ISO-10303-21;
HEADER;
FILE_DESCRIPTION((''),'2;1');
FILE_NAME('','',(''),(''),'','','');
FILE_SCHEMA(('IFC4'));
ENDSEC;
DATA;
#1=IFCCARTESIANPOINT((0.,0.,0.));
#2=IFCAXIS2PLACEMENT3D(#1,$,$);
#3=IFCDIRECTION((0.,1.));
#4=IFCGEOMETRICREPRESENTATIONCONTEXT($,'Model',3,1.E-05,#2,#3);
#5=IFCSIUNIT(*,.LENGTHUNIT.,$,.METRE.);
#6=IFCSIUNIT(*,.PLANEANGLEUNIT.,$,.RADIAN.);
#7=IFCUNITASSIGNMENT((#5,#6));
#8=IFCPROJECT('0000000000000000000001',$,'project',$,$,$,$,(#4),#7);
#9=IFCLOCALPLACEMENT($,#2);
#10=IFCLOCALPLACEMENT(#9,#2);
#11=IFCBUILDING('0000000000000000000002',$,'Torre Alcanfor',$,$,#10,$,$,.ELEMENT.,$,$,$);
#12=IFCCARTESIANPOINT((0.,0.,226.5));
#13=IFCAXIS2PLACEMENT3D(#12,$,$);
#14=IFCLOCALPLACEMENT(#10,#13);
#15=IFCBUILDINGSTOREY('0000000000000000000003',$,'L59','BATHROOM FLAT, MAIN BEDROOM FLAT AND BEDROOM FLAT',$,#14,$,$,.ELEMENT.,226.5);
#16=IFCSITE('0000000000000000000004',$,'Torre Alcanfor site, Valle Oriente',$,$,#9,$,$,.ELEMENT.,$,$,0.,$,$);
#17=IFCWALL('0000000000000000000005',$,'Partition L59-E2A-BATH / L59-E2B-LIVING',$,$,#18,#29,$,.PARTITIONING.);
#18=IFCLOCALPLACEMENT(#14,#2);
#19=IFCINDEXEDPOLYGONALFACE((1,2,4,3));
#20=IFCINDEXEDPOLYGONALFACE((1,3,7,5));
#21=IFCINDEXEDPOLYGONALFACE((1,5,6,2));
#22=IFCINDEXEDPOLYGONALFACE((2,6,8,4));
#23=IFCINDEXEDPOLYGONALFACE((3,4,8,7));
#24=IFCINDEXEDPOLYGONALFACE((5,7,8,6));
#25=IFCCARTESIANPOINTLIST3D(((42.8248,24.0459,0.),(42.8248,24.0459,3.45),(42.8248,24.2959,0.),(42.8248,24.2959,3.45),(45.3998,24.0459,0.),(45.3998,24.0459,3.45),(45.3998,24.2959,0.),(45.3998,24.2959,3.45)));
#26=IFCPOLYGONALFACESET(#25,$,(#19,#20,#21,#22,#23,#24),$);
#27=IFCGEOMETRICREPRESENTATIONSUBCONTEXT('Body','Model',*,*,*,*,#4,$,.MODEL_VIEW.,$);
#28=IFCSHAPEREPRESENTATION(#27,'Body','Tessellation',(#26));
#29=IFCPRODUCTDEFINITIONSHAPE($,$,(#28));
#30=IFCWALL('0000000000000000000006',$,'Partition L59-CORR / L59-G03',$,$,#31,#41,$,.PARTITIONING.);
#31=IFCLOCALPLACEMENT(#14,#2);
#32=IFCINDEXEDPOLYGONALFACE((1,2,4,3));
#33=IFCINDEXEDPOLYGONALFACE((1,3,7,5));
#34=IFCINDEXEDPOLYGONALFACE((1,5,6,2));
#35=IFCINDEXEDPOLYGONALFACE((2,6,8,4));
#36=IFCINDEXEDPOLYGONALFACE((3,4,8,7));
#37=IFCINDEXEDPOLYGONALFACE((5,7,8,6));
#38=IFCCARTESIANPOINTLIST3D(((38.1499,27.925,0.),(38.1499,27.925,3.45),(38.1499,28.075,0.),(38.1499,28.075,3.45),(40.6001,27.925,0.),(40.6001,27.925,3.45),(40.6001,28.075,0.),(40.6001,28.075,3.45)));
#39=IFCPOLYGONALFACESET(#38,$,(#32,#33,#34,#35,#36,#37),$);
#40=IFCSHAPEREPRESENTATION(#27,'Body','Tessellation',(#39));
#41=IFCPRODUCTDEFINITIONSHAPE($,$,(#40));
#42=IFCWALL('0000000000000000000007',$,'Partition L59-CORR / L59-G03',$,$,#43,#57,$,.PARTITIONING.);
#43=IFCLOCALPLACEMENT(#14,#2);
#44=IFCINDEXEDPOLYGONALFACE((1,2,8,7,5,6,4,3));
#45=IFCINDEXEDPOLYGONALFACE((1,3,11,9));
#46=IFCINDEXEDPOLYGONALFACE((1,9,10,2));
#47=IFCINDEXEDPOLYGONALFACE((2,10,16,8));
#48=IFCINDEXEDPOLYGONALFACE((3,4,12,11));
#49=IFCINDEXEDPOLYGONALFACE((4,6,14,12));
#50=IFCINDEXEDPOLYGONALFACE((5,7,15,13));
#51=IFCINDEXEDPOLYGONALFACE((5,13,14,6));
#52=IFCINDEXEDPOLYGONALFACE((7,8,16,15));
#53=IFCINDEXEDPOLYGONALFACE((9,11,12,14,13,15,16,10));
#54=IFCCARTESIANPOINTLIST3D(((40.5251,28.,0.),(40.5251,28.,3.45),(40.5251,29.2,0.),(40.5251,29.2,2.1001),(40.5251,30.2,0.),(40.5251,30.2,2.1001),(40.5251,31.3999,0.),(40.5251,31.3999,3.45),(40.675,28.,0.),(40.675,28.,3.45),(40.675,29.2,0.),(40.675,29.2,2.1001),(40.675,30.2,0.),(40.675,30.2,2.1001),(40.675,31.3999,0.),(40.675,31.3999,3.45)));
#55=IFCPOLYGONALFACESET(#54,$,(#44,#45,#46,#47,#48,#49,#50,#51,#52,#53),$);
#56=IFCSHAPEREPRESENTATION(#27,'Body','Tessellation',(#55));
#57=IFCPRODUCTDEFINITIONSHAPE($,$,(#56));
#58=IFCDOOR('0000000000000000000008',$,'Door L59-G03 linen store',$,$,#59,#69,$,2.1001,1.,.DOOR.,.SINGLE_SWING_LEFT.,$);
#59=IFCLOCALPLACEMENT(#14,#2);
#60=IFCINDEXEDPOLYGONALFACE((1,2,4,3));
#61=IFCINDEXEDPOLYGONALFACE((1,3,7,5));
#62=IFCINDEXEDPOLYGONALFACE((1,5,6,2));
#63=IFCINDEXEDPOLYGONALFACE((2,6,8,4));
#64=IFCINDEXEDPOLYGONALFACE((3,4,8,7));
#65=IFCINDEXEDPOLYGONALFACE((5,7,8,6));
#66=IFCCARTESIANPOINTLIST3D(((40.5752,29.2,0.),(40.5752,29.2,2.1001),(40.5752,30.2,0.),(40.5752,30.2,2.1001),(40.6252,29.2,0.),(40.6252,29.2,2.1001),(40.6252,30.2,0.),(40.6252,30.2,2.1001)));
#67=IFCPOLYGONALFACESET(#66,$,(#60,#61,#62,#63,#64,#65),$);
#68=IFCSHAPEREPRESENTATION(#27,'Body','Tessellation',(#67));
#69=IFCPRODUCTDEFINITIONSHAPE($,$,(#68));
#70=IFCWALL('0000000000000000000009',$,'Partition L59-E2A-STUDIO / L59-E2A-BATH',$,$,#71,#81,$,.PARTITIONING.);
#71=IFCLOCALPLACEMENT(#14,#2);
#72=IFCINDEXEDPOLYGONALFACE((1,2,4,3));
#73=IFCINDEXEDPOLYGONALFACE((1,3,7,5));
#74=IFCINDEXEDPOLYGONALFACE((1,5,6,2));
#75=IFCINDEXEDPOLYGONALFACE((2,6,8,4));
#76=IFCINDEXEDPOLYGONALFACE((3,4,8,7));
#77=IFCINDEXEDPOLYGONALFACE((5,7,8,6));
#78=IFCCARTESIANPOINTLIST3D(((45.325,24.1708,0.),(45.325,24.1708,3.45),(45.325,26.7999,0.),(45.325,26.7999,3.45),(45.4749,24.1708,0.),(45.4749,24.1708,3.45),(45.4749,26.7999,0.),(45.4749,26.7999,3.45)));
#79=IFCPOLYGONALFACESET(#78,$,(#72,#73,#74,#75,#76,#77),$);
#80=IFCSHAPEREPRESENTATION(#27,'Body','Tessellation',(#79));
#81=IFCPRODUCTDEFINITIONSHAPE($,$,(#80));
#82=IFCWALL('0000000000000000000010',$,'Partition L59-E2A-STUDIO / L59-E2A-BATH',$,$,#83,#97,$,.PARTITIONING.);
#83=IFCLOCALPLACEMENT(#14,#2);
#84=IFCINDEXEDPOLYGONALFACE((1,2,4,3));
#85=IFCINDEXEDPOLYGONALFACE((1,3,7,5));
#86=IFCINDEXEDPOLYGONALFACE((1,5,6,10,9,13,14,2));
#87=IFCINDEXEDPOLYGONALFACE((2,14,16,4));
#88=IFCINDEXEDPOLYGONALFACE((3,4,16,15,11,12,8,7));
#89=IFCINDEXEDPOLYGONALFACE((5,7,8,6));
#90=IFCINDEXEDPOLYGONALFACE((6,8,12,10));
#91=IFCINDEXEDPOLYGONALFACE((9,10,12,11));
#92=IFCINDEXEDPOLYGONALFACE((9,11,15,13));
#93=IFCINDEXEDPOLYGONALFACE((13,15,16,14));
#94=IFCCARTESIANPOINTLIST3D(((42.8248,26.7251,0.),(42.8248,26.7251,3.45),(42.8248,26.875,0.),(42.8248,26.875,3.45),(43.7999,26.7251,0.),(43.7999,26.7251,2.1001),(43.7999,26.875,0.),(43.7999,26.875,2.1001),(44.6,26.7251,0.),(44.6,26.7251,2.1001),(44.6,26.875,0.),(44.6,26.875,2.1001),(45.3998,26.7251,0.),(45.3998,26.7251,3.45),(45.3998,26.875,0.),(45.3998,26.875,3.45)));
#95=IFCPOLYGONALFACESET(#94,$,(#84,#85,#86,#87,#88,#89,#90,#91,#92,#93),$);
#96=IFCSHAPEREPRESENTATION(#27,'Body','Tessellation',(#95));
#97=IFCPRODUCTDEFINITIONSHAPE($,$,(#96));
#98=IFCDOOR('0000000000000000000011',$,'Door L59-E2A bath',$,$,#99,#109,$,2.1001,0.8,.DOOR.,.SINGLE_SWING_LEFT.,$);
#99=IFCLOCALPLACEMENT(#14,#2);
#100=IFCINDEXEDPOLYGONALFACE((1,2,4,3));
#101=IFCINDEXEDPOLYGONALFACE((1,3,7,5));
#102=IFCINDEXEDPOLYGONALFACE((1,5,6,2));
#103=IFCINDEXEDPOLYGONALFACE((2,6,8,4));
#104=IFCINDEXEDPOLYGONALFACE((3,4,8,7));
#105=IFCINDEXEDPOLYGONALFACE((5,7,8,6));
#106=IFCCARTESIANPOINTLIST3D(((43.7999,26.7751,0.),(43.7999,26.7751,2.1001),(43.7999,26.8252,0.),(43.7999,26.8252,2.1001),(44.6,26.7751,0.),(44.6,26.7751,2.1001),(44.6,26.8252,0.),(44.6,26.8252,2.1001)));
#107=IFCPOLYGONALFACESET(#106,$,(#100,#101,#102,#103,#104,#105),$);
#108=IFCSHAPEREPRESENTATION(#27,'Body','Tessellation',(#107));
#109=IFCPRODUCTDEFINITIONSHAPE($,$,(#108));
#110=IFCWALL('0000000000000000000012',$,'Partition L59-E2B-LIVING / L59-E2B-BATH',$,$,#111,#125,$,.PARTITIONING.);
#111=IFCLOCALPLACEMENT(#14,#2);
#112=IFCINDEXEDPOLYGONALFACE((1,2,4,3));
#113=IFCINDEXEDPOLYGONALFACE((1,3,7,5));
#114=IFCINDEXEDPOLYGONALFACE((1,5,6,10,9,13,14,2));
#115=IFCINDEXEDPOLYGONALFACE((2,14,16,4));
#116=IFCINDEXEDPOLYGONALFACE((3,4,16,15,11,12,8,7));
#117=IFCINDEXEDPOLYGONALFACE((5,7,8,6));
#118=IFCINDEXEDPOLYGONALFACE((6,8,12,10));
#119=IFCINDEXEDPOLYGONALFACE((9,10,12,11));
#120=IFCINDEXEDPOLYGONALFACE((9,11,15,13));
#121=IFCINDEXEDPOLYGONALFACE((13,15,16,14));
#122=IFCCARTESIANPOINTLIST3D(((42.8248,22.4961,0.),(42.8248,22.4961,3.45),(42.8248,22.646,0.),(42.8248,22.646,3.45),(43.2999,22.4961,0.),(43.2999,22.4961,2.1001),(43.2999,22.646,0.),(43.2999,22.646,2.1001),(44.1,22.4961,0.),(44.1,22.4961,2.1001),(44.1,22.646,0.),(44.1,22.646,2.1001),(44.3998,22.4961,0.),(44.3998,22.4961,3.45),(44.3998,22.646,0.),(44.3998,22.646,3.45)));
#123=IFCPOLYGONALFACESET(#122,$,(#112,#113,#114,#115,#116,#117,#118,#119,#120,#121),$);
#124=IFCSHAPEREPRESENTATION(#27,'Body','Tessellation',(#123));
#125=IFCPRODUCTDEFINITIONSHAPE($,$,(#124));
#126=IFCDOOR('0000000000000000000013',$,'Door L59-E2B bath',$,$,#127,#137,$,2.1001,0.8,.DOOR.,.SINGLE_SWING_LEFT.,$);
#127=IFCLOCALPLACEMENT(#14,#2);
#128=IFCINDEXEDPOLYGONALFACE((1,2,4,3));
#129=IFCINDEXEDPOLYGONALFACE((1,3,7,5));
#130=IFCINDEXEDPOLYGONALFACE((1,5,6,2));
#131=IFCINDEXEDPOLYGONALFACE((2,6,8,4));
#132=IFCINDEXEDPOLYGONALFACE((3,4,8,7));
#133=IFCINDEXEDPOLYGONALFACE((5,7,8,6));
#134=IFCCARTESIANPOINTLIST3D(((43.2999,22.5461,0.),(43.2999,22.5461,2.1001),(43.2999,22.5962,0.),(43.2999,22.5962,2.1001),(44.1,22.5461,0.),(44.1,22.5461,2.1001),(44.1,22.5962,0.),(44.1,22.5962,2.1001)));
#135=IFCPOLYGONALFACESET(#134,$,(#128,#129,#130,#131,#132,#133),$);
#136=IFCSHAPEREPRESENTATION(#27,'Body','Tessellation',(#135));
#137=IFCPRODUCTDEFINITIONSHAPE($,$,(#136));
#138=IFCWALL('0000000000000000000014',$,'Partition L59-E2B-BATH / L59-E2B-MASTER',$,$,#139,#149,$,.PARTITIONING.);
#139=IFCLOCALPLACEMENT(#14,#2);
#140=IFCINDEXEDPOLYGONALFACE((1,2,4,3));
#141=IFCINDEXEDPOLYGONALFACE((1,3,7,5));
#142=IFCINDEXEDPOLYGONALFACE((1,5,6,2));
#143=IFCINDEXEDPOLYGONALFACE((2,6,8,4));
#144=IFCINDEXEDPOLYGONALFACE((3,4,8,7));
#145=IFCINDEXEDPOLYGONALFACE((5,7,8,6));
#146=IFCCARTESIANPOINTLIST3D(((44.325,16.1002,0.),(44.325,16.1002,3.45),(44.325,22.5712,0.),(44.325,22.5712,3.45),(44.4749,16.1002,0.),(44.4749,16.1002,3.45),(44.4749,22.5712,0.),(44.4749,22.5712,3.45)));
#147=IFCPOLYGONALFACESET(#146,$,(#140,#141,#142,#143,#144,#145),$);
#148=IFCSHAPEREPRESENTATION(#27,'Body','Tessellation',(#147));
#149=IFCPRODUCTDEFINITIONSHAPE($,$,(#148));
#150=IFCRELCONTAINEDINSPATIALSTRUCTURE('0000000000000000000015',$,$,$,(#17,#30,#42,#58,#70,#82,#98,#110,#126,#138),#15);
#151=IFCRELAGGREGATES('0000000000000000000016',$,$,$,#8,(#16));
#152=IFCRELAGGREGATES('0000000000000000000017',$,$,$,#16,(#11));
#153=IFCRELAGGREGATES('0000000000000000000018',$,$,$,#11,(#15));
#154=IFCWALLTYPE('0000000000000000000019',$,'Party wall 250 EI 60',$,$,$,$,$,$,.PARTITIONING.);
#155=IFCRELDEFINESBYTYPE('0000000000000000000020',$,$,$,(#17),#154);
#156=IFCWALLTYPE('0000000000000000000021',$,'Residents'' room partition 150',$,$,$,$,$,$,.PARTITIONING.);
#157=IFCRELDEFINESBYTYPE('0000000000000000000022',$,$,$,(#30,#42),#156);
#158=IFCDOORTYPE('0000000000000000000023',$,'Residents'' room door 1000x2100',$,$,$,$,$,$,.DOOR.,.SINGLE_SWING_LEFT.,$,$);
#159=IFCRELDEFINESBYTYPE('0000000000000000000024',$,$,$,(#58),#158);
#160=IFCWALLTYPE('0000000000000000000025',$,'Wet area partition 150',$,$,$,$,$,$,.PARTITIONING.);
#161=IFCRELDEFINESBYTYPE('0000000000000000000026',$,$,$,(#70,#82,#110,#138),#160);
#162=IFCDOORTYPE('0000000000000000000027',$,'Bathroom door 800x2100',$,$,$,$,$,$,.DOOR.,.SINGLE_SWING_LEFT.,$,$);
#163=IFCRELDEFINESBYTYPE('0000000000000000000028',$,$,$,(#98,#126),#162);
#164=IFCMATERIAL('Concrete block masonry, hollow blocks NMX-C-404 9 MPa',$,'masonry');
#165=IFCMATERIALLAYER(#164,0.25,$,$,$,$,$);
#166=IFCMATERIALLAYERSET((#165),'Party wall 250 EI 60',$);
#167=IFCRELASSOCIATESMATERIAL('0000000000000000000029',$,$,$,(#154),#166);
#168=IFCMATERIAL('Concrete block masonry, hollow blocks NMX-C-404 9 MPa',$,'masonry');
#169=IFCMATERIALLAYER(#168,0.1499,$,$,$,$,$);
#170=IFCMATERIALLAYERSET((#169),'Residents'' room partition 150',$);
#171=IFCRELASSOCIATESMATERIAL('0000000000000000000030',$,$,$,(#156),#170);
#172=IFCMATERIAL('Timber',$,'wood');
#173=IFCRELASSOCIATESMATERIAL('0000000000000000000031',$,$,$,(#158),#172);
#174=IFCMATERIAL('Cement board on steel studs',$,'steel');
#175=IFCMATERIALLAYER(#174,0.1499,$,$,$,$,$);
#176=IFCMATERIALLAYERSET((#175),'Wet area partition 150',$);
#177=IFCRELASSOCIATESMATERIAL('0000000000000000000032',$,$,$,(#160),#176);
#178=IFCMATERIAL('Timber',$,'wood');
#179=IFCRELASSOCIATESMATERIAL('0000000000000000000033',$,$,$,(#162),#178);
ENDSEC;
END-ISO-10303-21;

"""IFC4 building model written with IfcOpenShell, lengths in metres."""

from ifc_helpers import new_model, si_unit, direction, frame, frame_2d, origin, place, context, subcontext, project, spatial, rectangle, extrude, material, layer, layer_set, type_object, element, fill, save


model = new_model("IFC4")

# Units and contexts
model_context = context("Model", 3, precision=1e-05, world=origin(), true_north=direction((0.0, 1.0)))
body_context = subcontext(model_context, "Body", "Model", "MODEL_VIEW")
ifc_project = project(units=[si_unit("LENGTHUNIT", "METRE"), si_unit("PLANEANGLEUNIT", "RADIAN")], contexts=[model_context])

# Site, building, storey
site_placement = place(None, origin())
site = spatial("IfcSite", under=ifc_project, at=site_placement, Name="Torre Alcanfor site, Valle Oriente", CompositionType="ELEMENT", RefElevation=0.0)
building_placement = place(site_placement, origin())
building = spatial("IfcBuilding", under=site, at=building_placement, Name="Torre Alcanfor", CompositionType="ELEMENT")
storey_placement = place(building_placement, frame((0.0, 0.0, 226.5)))
storey = spatial("IfcBuildingStorey", under=building, at=storey_placement, Name="L59", Description="BATHROOM FLAT, MAIN BEDROOM FLAT AND BEDROOM FLAT", CompositionType="ELEMENT", Elevation=226.5)

# Walls
ifc_material_1 = material(Name="Concrete block masonry, hollow blocks NMX-C-404 9 MPa", Category="masonry")
ifc_layer_1 = layer(ifc_material_1, 0.25)
ifc_layer_set_1 = layer_set([ifc_layer_1], Name="Party wall 250 EI 60")
wall_type_1 = type_object("IfcWallType", Name="Party wall 250 EI 60", PredefinedType="PARTITIONING", material=ifc_layer_set_1)
wall_1_placement = place(storey_placement, frame((45.3999, 24.1709, 0.0), z_axis=(0.0, 0.0, 1.0), x_axis=(-1.0, 0.0, 0.0)))
element("IfcWall", 1, at=wall_1_placement, inside=storey, type_object=wall_type_1, Name="Partition L59-E2A-BATH / L59-E2B-LIVING", PredefinedType="PARTITIONING", context=body_context, shape_type="SweptSolid", body=[
    extrude(rectangle(XDim=2.575, YDim=0.25, at=frame_2d((1.2876, 0.0))), origin(), (0.0, 0.0, 1.0), 3.45),
])
ifc_material_2 = material(Name="Concrete block masonry, hollow blocks NMX-C-404 9 MPa", Category="masonry")
ifc_layer_2 = layer(ifc_material_2, 0.1499)
ifc_layer_set_2 = layer_set([ifc_layer_2], Name="Residents' room partition 150")
wall_type_2 = type_object("IfcWallType", Name="Residents' room partition 150", PredefinedType="PARTITIONING", material=ifc_layer_set_2)
wall_2_placement = place(storey_placement, frame((38.1499, 28.0, 0.0), z_axis=(0.0, 0.0, 1.0), x_axis=(1.0, 0.0, 0.0)))
element("IfcWall", 2, at=wall_2_placement, inside=storey, type_object=wall_type_2, Name="Partition L59-CORR / L59-G03", PredefinedType="PARTITIONING", context=body_context, shape_type="SweptSolid", body=[
    extrude(rectangle(XDim=2.4502, YDim=0.1499, at=frame_2d((1.2251, 0.0))), origin(), (0.0, 0.0, 1.0), 3.45),
])

# Wall, opening, door
wall_3_placement = place(storey_placement, frame((40.6001, 28.0, 0.0), z_axis=(0.0, 0.0, 1.0), x_axis=(0.0, 1.0, 0.0)))
wall_3 = element("IfcWall", 3, at=wall_3_placement, inside=storey, type_object=wall_type_2, Name="Partition L59-CORR / L59-G03", PredefinedType="PARTITIONING", context=body_context, shape_type="SweptSolid", body=[
    extrude(rectangle(XDim=3.3999, YDim=0.1499, at=frame_2d((1.7, 0.0))), origin(), (0.0, 0.0, 1.0), 3.45),
])
opening_1_placement = place(wall_3_placement, frame((1.2, 0.0, 0.0)))
opening_1 = element("IfcOpeningElement", 4, at=opening_1_placement, cuts=wall_3, PredefinedType="OPENING", context=body_context, shape_type="SweptSolid", body=[
    extrude(rectangle(XDim=1.0, YDim=2.1001, at=frame_2d((0.5, 1.05))), frame((0.0, 0.085, 0.0), z_axis=(0.0, -1.0, 0.0), x_axis=(1.0, 0.0, 0.0)), (0.0, 0.0, 1.0), 0.1699),
])
ifc_material_3 = material(Name="Timber", Category="wood")
door_type_1 = type_object("IfcDoorType", Name="Residents' room door 1000x2100", OperationType="SINGLE_SWING_LEFT", PredefinedType="DOOR", material=ifc_material_3)
door_1_placement = place(opening_1_placement, origin())
door_1 = element("IfcDoor", 5, at=door_1_placement, inside=storey, type_object=door_type_1, Name="Door L59-G03 linen store", OperationType="SINGLE_SWING_LEFT", OverallHeight=2.1001, OverallWidth=1.0, PredefinedType="DOOR", context=body_context, shape_type="SweptSolid", body=[
    extrude(rectangle(XDim=1.0, YDim=2.1001, at=frame_2d((0.5, 1.05))), frame((0.0, 0.0249, 0.0), z_axis=(0.0, -1.0, 0.0), x_axis=(1.0, 0.0, 0.0)), (0.0, 0.0, 1.0), 0.05),
])
fill(opening_1, door_1)

# Wall
ifc_material_4 = material(Name="Cement board on steel studs", Category="steel")
ifc_layer_3 = layer(ifc_material_4, 0.1499)
ifc_layer_set_3 = layer_set([ifc_layer_3], Name="Wet area partition 150")
wall_type_3 = type_object("IfcWallType", Name="Wet area partition 150", PredefinedType="PARTITIONING", material=ifc_layer_set_3)
wall_4_placement = place(storey_placement, frame((45.3999, 24.1709, 0.0), z_axis=(0.0, 0.0, 1.0), x_axis=(0.0, 1.0, 0.0)))
element("IfcWall", 6, at=wall_4_placement, inside=storey, type_object=wall_type_3, Name="Partition L59-E2A-STUDIO / L59-E2A-BATH", PredefinedType="PARTITIONING", context=body_context, shape_type="SweptSolid", body=[
    extrude(rectangle(XDim=2.6292, YDim=0.1499, at=frame_2d((1.3145, 0.0))), origin(), (0.0, 0.0, 1.0), 3.45),
])

# Walls, openings, doors
wall_5_placement = place(storey_placement, frame((45.3999, 26.8, 0.0), z_axis=(0.0, 0.0, 1.0), x_axis=(-1.0, 0.0, 0.0)))
wall_5 = element("IfcWall", 7, at=wall_5_placement, inside=storey, type_object=wall_type_3, Name="Partition L59-E2A-STUDIO / L59-E2A-BATH", PredefinedType="PARTITIONING", context=body_context, shape_type="SweptSolid", body=[
    extrude(rectangle(XDim=2.575, YDim=0.1499, at=frame_2d((1.2876, 0.0))), origin(), (0.0, 0.0, 1.0), 3.45),
])
opening_2_placement = place(wall_5_placement, frame((0.8, 0.0, 0.0)))
opening_2 = element("IfcOpeningElement", 8, at=opening_2_placement, cuts=wall_5, PredefinedType="OPENING", context=body_context, shape_type="SweptSolid", body=[
    extrude(rectangle(XDim=0.8, YDim=2.1001, at=frame_2d((0.3999, 1.05))), frame((0.0, 0.085, 0.0), z_axis=(0.0, -1.0, 0.0), x_axis=(1.0, 0.0, 0.0)), (0.0, 0.0, 1.0), 0.1699),
])
ifc_material_5 = material(Name="Timber", Category="wood")
door_type_2 = type_object("IfcDoorType", Name="Bathroom door 800x2100", OperationType="SINGLE_SWING_LEFT", PredefinedType="DOOR", material=ifc_material_5)
door_2_placement = place(opening_2_placement, origin())
door_2 = element("IfcDoor", 9, at=door_2_placement, inside=storey, type_object=door_type_2, Name="Door L59-E2A bath", OperationType="SINGLE_SWING_LEFT", OverallHeight=2.1001, OverallWidth=0.8, PredefinedType="DOOR", context=body_context, shape_type="SweptSolid", body=[
    extrude(rectangle(XDim=0.8, YDim=2.1001, at=frame_2d((0.3999, 1.05))), frame((0.0, 0.0249, 0.0), z_axis=(0.0, -1.0, 0.0), x_axis=(1.0, 0.0, 0.0)), (0.0, 0.0, 1.0), 0.05),
])
fill(opening_2, door_2)
wall_6_placement = place(storey_placement, frame((44.3999, 22.571, 0.0), z_axis=(0.0, 0.0, 1.0), x_axis=(-1.0, 0.0, 0.0)))
wall_6 = element("IfcWall", 10, at=wall_6_placement, inside=storey, type_object=wall_type_3, Name="Partition L59-E2B-LIVING / L59-E2B-BATH", PredefinedType="PARTITIONING", context=body_context, shape_type="SweptSolid", body=[
    extrude(rectangle(XDim=1.575, YDim=0.1499, at=frame_2d((0.7876, 0.0))), origin(), (0.0, 0.0, 1.0), 3.45),
])
opening_3_placement = place(wall_6_placement, frame((0.3, 0.0, 0.0)))
opening_3 = element("IfcOpeningElement", 11, at=opening_3_placement, cuts=wall_6, PredefinedType="OPENING", context=body_context, shape_type="SweptSolid", body=[
    extrude(rectangle(XDim=0.8, YDim=2.1001, at=frame_2d((0.3999, 1.05))), frame((0.0, 0.085, 0.0), z_axis=(0.0, -1.0, 0.0), x_axis=(1.0, 0.0, 0.0)), (0.0, 0.0, 1.0), 0.1699),
])
door_3_placement = place(opening_3_placement, origin())
door_3 = element("IfcDoor", 12, at=door_3_placement, inside=storey, type_object=door_type_2, Name="Door L59-E2B bath", OperationType="SINGLE_SWING_LEFT", OverallHeight=2.1001, OverallWidth=0.8, PredefinedType="DOOR", context=body_context, shape_type="SweptSolid", body=[
    extrude(rectangle(XDim=0.8, YDim=2.1001, at=frame_2d((0.3999, 1.05))), frame((0.0, 0.0249, 0.0), z_axis=(0.0, -1.0, 0.0), x_axis=(1.0, 0.0, 0.0)), (0.0, 0.0, 1.0), 0.05),
])
fill(opening_3, door_3)

# Wall
wall_7_placement = place(storey_placement, frame((44.3999, 22.571, 0.0), z_axis=(0.0, 0.0, 1.0), x_axis=(0.0, -1.0, 0.0)))
element("IfcWall", 13, at=wall_7_placement, inside=storey, type_object=wall_type_3, Name="Partition L59-E2B-BATH / L59-E2B-MASTER", PredefinedType="PARTITIONING", context=body_context, shape_type="SweptSolid", body=[
    extrude(rectangle(XDim=6.4709, YDim=0.1499, at=frame_2d((3.2354, 0.0))), origin(), (0.0, 0.0, 1.0), 3.45),
])

save(model, "model.ifc")
